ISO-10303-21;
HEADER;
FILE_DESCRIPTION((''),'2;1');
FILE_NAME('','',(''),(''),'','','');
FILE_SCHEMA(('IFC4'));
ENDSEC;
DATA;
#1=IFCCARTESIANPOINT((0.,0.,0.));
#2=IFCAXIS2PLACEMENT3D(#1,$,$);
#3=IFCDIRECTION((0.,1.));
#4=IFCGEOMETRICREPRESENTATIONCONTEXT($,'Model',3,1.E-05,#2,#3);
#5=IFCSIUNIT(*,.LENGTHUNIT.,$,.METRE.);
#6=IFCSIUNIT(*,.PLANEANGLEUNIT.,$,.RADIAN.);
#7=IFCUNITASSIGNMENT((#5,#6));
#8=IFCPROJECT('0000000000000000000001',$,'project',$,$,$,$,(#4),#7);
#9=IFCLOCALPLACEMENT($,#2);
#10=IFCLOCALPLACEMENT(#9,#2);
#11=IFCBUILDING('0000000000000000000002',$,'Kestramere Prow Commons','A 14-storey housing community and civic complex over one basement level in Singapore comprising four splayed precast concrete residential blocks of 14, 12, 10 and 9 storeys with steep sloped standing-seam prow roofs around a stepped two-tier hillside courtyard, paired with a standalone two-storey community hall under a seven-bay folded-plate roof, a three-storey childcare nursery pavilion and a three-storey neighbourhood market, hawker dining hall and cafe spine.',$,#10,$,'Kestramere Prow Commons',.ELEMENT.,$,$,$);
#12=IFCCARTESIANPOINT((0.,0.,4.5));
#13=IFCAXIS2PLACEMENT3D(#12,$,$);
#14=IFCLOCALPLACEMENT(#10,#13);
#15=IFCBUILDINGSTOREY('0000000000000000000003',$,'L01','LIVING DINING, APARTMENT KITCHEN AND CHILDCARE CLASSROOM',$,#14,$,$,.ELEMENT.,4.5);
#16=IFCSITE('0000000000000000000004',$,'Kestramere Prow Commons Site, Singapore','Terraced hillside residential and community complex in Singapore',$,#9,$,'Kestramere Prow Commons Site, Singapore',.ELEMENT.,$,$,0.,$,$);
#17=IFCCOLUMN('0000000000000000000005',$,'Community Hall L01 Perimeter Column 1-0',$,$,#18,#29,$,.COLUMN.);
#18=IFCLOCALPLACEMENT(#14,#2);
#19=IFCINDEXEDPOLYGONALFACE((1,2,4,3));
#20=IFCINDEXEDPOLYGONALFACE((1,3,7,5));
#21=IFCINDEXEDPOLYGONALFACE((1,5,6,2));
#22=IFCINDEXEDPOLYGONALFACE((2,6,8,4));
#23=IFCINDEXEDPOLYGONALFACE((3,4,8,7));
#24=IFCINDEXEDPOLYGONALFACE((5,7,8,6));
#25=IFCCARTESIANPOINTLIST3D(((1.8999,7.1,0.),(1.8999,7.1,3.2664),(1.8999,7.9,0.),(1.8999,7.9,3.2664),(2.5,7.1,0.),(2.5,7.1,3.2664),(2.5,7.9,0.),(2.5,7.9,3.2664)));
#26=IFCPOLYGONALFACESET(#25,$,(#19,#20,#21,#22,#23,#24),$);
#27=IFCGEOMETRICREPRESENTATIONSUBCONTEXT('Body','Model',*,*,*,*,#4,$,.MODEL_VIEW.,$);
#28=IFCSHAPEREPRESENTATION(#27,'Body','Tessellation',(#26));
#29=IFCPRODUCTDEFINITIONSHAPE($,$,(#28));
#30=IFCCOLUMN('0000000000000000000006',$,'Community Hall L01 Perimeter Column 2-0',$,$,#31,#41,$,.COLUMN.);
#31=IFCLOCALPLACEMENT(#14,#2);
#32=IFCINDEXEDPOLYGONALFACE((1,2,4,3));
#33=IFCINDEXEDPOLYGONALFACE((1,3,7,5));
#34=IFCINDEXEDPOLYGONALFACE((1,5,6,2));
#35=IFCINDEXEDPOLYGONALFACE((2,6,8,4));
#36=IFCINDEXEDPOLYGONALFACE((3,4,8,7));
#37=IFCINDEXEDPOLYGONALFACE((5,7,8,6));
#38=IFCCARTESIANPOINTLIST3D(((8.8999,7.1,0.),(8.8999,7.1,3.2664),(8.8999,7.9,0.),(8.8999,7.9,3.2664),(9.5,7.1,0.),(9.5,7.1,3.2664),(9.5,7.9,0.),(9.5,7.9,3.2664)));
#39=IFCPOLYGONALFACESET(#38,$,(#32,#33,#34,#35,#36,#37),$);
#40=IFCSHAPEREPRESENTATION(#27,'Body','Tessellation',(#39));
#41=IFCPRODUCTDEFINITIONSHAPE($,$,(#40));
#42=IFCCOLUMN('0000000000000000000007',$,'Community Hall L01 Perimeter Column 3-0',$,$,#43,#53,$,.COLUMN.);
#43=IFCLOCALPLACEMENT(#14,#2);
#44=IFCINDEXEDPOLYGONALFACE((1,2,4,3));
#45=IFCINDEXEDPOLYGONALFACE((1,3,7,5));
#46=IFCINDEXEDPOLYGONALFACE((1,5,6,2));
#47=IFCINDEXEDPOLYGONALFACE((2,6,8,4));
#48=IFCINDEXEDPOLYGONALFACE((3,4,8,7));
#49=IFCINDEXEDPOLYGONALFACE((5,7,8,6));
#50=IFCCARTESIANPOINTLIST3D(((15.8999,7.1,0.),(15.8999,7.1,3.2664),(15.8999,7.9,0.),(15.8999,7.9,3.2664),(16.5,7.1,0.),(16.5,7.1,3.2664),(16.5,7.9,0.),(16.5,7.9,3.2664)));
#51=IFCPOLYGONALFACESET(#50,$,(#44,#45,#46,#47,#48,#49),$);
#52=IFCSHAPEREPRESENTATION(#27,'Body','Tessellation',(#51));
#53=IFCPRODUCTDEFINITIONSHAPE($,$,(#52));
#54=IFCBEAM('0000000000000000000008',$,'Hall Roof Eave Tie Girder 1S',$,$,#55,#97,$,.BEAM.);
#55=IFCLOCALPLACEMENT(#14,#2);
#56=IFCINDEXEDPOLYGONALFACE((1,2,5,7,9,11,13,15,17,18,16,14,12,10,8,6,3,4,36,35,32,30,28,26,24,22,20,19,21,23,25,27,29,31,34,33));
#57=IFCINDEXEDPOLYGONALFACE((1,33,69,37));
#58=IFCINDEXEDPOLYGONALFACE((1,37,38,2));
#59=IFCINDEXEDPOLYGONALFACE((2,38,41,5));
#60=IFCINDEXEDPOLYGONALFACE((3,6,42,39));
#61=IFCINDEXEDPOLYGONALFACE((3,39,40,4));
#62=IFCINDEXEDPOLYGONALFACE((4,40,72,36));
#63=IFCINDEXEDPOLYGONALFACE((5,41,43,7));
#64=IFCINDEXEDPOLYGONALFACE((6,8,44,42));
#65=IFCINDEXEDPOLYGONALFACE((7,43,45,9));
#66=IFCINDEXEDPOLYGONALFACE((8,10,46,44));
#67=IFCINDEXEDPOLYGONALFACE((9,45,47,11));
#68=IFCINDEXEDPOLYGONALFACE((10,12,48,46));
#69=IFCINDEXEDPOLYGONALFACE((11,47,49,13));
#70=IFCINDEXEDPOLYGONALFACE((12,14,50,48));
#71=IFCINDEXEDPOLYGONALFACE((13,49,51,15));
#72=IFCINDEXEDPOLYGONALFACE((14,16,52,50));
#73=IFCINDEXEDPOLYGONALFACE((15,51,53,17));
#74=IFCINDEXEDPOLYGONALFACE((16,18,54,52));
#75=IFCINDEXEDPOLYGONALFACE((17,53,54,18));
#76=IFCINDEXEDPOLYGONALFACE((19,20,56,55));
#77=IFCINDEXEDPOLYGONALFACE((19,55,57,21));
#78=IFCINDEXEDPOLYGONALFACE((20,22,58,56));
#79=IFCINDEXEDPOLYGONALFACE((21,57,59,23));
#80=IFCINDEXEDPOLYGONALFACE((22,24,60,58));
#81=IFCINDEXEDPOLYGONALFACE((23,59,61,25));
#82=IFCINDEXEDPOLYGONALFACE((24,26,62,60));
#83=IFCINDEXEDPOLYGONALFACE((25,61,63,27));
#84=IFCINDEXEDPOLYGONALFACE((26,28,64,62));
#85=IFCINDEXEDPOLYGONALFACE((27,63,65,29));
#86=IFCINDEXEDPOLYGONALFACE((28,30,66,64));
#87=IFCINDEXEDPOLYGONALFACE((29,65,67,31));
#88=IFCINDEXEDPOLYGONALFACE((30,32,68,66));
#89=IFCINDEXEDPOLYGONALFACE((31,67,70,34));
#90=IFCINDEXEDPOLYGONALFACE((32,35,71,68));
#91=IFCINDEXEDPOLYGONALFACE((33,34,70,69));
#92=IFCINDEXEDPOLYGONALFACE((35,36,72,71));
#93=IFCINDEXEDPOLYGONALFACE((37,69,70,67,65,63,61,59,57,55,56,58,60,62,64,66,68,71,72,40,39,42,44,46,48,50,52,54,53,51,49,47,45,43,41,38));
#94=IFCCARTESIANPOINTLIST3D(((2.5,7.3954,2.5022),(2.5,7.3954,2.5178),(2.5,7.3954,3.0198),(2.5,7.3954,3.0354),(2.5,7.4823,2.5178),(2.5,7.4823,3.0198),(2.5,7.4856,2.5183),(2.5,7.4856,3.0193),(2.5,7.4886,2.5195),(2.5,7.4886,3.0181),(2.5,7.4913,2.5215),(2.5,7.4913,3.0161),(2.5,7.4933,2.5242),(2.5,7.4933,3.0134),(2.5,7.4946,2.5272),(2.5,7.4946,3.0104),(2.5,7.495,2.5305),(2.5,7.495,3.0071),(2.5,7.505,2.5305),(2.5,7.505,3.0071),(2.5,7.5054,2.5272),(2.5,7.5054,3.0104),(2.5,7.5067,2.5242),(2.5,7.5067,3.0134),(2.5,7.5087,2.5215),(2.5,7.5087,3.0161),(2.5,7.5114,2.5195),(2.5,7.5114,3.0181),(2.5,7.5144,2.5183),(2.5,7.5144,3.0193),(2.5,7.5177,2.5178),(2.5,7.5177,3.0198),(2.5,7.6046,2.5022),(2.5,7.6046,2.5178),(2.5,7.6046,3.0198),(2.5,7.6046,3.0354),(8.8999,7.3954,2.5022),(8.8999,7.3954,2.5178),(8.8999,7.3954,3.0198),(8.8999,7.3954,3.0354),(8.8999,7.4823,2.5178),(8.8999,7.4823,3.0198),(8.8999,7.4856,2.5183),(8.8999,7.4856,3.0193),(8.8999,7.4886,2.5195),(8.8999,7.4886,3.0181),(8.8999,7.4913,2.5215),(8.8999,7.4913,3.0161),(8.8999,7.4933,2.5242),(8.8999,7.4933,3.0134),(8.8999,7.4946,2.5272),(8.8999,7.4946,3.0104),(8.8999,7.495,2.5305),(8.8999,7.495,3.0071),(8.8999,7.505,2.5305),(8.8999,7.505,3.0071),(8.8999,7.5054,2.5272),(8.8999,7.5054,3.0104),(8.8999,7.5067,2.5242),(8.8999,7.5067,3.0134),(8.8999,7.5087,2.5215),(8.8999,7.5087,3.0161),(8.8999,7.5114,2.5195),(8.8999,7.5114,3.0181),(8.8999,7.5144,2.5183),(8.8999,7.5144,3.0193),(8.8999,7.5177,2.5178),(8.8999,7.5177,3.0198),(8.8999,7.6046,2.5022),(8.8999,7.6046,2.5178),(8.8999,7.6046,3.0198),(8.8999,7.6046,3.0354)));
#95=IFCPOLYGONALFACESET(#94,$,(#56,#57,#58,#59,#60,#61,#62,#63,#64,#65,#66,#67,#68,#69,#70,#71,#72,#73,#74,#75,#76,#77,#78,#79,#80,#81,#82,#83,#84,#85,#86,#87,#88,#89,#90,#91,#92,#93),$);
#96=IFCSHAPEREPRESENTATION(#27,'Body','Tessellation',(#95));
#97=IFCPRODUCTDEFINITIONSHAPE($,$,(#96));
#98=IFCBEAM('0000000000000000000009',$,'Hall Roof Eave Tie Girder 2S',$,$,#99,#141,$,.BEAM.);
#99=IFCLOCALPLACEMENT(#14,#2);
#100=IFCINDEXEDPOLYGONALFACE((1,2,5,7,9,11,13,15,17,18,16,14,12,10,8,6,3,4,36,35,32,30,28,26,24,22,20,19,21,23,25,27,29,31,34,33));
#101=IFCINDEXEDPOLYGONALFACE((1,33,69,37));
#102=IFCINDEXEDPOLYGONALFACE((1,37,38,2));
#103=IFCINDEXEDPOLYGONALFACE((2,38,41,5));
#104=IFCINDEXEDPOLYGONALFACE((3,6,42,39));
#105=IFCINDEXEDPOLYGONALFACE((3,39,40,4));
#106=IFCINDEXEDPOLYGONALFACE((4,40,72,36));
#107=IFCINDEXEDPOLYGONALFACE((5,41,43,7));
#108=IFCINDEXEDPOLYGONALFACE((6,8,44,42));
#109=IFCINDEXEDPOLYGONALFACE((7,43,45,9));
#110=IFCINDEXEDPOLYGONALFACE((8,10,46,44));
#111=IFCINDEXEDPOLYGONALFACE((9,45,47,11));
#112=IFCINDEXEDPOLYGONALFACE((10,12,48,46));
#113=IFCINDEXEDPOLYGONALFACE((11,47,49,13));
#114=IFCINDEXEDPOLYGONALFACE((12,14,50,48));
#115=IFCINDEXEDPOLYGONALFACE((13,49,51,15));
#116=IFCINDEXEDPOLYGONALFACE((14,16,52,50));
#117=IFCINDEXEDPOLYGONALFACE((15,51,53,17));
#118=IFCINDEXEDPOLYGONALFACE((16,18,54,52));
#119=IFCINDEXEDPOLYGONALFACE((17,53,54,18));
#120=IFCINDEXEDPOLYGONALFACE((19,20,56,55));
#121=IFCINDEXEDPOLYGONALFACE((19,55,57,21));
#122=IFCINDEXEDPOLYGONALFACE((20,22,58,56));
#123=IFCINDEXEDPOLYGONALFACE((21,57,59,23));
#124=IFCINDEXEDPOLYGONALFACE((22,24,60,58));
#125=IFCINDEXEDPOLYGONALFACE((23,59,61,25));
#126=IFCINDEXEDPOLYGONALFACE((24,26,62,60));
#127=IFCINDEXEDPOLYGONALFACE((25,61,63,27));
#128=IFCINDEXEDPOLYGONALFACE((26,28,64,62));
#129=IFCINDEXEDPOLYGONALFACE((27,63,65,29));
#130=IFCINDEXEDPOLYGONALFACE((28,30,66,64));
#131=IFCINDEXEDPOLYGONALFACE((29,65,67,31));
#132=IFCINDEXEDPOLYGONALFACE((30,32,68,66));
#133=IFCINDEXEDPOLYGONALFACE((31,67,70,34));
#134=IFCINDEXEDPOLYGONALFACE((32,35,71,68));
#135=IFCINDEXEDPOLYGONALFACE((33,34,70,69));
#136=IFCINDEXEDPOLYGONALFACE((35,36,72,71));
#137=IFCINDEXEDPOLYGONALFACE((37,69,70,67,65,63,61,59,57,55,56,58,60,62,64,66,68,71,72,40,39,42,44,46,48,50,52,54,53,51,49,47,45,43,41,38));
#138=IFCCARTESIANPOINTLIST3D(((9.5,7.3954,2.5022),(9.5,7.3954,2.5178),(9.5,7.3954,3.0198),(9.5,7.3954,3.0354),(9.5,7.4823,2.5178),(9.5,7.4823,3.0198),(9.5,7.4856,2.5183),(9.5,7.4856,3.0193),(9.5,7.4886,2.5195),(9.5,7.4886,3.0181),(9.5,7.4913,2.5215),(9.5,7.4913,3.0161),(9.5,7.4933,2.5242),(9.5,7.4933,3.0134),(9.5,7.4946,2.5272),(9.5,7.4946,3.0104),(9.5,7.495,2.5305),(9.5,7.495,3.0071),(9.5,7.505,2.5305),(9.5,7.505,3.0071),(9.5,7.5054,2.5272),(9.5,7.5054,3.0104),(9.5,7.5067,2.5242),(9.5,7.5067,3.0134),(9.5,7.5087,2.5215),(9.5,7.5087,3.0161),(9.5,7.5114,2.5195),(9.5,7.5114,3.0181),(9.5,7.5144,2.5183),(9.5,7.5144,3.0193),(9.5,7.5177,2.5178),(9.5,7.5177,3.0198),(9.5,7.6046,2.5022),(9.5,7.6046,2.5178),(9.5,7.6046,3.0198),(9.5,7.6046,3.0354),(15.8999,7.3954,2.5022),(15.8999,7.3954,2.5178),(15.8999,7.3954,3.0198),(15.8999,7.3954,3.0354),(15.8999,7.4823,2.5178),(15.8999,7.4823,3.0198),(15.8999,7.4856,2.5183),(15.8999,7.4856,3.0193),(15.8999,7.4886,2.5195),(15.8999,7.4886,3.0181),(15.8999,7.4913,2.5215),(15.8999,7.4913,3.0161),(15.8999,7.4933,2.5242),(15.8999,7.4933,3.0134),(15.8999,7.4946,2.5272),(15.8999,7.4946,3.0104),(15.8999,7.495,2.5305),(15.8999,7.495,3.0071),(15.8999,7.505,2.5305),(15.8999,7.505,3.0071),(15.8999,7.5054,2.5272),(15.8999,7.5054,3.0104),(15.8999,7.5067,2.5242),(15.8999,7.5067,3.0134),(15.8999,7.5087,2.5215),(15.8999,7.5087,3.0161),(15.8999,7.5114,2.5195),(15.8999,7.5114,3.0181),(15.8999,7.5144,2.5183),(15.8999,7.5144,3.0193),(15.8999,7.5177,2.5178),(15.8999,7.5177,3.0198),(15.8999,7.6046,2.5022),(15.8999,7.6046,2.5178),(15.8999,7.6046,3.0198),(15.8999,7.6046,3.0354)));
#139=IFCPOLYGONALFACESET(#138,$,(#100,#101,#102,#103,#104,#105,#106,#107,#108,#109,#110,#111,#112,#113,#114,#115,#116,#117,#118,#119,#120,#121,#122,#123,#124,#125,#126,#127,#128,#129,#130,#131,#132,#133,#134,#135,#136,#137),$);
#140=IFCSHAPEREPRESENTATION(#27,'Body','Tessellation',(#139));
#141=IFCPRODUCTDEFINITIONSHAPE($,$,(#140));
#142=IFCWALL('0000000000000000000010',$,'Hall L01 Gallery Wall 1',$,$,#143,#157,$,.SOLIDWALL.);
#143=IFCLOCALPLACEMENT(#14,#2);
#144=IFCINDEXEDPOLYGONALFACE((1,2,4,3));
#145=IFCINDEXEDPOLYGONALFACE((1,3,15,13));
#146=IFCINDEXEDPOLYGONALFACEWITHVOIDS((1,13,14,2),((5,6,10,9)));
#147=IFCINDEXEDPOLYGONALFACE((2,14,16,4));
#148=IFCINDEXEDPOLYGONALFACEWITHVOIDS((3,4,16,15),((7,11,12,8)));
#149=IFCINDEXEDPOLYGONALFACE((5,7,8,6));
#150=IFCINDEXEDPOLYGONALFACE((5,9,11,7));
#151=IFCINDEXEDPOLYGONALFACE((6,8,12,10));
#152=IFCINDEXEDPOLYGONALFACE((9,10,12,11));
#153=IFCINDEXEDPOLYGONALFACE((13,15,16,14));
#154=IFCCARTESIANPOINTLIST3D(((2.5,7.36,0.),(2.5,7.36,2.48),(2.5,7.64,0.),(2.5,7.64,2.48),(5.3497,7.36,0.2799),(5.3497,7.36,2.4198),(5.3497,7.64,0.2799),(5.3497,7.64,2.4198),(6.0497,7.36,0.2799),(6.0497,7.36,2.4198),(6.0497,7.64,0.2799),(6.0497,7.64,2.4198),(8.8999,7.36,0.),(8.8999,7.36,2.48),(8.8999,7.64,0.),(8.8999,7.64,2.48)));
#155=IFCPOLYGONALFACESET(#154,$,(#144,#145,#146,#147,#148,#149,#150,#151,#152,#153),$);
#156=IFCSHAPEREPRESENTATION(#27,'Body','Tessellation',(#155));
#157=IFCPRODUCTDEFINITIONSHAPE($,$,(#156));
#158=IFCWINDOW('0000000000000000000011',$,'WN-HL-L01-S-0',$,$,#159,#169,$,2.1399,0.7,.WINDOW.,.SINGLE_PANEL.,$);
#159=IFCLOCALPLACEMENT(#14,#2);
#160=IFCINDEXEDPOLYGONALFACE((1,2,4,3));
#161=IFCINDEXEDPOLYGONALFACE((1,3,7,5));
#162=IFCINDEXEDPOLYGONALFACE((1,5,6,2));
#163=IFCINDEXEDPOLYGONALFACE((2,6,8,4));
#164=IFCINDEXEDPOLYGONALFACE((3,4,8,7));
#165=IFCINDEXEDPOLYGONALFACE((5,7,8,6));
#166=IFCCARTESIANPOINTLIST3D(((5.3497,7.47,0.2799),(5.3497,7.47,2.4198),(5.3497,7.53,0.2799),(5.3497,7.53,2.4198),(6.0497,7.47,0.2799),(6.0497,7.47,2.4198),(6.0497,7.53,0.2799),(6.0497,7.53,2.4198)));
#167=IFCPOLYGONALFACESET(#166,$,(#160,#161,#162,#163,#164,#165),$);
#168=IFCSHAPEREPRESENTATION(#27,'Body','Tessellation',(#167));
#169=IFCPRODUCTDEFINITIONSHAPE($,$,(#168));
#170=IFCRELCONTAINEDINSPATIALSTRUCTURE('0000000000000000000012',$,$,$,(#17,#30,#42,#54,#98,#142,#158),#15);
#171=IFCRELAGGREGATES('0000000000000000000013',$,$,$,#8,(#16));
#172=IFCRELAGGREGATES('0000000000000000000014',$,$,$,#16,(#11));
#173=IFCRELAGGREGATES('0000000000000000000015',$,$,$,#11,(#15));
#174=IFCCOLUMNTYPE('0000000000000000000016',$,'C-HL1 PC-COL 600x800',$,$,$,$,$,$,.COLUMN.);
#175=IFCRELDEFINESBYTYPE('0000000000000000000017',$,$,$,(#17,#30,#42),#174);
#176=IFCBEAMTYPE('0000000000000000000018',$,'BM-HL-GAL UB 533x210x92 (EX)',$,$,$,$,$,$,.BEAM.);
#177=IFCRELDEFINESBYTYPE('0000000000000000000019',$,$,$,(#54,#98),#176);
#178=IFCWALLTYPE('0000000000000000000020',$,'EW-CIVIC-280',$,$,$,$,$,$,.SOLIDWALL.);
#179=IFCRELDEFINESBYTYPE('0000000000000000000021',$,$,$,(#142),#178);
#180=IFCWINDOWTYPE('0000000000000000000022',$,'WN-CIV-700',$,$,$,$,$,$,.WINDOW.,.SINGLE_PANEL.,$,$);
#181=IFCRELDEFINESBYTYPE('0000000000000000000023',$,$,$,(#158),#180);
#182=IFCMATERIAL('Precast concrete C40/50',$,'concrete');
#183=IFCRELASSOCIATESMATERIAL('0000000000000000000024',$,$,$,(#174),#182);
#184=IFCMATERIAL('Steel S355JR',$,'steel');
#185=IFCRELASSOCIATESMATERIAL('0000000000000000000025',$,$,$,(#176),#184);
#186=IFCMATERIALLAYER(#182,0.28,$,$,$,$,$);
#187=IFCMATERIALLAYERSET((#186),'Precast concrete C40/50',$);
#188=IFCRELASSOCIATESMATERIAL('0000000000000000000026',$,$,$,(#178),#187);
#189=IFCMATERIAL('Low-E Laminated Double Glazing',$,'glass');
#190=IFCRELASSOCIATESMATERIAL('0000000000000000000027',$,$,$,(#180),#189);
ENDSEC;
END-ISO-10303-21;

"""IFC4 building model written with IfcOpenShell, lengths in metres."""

from ifc_helpers import new_model, si_unit, direction, frame, frame_2d, origin, origin_2d, place, context, subcontext, project, spatial, rectangle, i_section, extrude, material, layer, layer_set, material_profile, profile_set, type_object, element, fill, save


model = new_model("IFC4")

# Units and contexts
model_context = context("Model", 3, precision=1e-05, world=origin(), true_north=direction((0.0, 1.0)))
body_context = subcontext(model_context, "Body", "Model", "MODEL_VIEW")
ifc_project = project(units=[si_unit("LENGTHUNIT", "METRE"), si_unit("PLANEANGLEUNIT", "RADIAN")], contexts=[model_context])

# Site, building, storey
site_placement = place(None, origin())
site = spatial("IfcSite", under=ifc_project, at=site_placement, Name="Kestramere Prow Commons Site, Singapore", Description="Terraced hillside residential and community complex in Singapore", LongName="Kestramere Prow Commons Site, Singapore", CompositionType="ELEMENT", RefElevation=0.0)
building_placement = place(site_placement, origin())
building = spatial("IfcBuilding", under=site, at=building_placement, Name="Kestramere Prow Commons", Description="A 14-storey housing community and civic complex over one basement level in Singapore comprising four splayed precast concrete residential blocks of 14, 12, 10 and 9 storeys with steep sloped standing-seam prow roofs around a stepped two-tier hillside courtyard, paired with a standalone two-storey community hall under a seven-bay folded-plate roof, a three-storey childcare nursery pavilion and a three-storey neighbourhood market, hawker dining hall and cafe spine.", LongName="Kestramere Prow Commons", CompositionType="ELEMENT")
storey_placement = place(building_placement, frame((0.0, 0.0, 4.5)))
storey = spatial("IfcBuildingStorey", under=building, at=storey_placement, Name="L01", Description="LIVING DINING, APARTMENT KITCHEN AND CHILDCARE CLASSROOM", CompositionType="ELEMENT", Elevation=4.5)

# Columns
ifc_material_1 = material(Name="Precast concrete C40/50", Category="concrete")
ifc_material_profile_1 = material_profile(ifc_material_1, rectangle(XDim=0.6001, YDim=0.8, at=origin_2d()), Name="PC-COL 600x800")
ifc_profile_set_1 = profile_set([ifc_material_profile_1], Name="Precast concrete C40/50")
column_type = type_object("IfcColumnType", Name="C-HL1 PC-COL 600x800", PredefinedType="COLUMN", material=ifc_profile_set_1)
for number, where, z_axis, x_axis, name in (
    (1, (2.2, 7.5, 0.0), (0.0, 0.0, 1.0), (1.0, 0.0, 0.0), "Community Hall L01 Perimeter Column 1-0"),
    (2, (9.2, 7.5, 0.0), (0.0, 0.0, 1.0), (1.0, 0.0, 0.0), "Community Hall L01 Perimeter Column 2-0"),
    (3, (16.2, 7.5, 0.0), (0.0, 0.0, 1.0), (1.0, 0.0, 0.0), "Community Hall L01 Perimeter Column 3-0"),
):
    element("IfcColumn", number, at=place(storey_placement, frame(where, z_axis=z_axis, x_axis=x_axis)), inside=storey, type_object=column_type, Name=name, PredefinedType="COLUMN", context=body_context, shape_type="SweptSolid", body=[
        extrude(rectangle(XDim=0.6001, YDim=0.8, at=origin_2d()), origin(), (0.0, 0.0, 1.0), 3.2664),
    ])

# Beams
ifc_material_2 = material(Name="Steel S355JR", Category="steel")
ifc_material_profile_2 = material_profile(ifc_material_2, i_section(OverallWidth=0.2092, OverallDepth=0.5332, WebThickness=0.01, FlangeThickness=0.0156, FilletRadius=0.0127, at=origin_2d()), Name="UB 533x210x92")
ifc_profile_set_2 = profile_set([ifc_material_profile_2], Name="Steel S355JR")
beam_type = type_object("IfcBeamType", Name="BM-HL-GAL UB 533x210x92 (EX)", PredefinedType="BEAM", material=ifc_profile_set_2)
for number, where, z_axis, x_axis, name in (
    (4, (2.5, 7.5, 2.7688), (1.0, 0.0, 0.0), (0.0, 1.0, 0.0), "Hall Roof Eave Tie Girder 1S"),
    (5, (9.5, 7.5, 2.7688), (1.0, 0.0, 0.0), (0.0, 1.0, 0.0), "Hall Roof Eave Tie Girder 2S"),
):
    element("IfcBeam", number, at=place(storey_placement, frame(where, z_axis=z_axis, x_axis=x_axis)), inside=storey, type_object=beam_type, Name=name, PredefinedType="BEAM", context=body_context, shape_type="SweptSolid", body=[
        extrude(i_section(OverallWidth=0.2092, OverallDepth=0.5332, WebThickness=0.01, FlangeThickness=0.0156, FilletRadius=0.0127, at=origin_2d()), origin(), (0.0, 0.0, 1.0), 6.3999),
    ])

# Wall, opening, window
ifc_layer_1 = layer(ifc_material_1, 0.28)
ifc_layer_set_1 = layer_set([ifc_layer_1], Name="Precast concrete C40/50")
wall_type = type_object("IfcWallType", Name="EW-CIVIC-280", PredefinedType="SOLIDWALL", material=ifc_layer_set_1)
wall_1_placement = place(storey_placement, frame((8.8999, 7.5, 0.0), z_axis=(0.0, 0.0, 1.0), x_axis=(-1.0, 0.0, 0.0)))
wall_1 = element("IfcWall", 6, at=wall_1_placement, inside=storey, type_object=wall_type, Name="Hall L01 Gallery Wall 1", PredefinedType="SOLIDWALL", context=body_context, shape_type="SweptSolid", body=[
    extrude(rectangle(XDim=6.3999, YDim=0.28, at=frame_2d((3.2, 0.0))), origin(), (0.0, 0.0, 1.0), 2.48),
])
opening_1_placement = place(wall_1_placement, frame((2.8501, 0.0, 0.28)))
opening_1 = element("IfcOpeningElement", 7, at=opening_1_placement, cuts=wall_1, PredefinedType="OPENING", context=body_context, shape_type="SweptSolid", body=[
    extrude(rectangle(XDim=0.7, YDim=2.1399, at=frame_2d((0.3501, 1.0698))), frame((0.0, 0.155, 0.0), z_axis=(0.0, -1.0, 0.0), x_axis=(1.0, 0.0, 0.0)), (0.0, 0.0, 1.0), 0.3101),
])
ifc_material_3 = material(Name="Low-E Laminated Double Glazing", Category="glass")
window_type = type_object("IfcWindowType", Name="WN-CIV-700", PartitioningType="SINGLE_PANEL", PredefinedType="WINDOW", material=ifc_material_3)
window_1_placement = place(opening_1_placement, origin())
window_1 = element("IfcWindow", 8, at=window_1_placement, inside=storey, type_object=window_type, Name="WN-HL-L01-S-0", OverallHeight=2.1399, OverallWidth=0.7, PartitioningType="SINGLE_PANEL", PredefinedType="WINDOW", context=body_context, shape_type="SweptSolid", body=[
    extrude(rectangle(XDim=0.7, YDim=2.1399, at=frame_2d((0.3501, 1.0698))), frame((0.0, 0.03, 0.0), z_axis=(0.0, -1.0, 0.0), x_axis=(1.0, 0.0, 0.0)), (0.0, 0.0, 1.0), 0.0601),
])
fill(opening_1, window_1)

save(model, "model.ifc")
